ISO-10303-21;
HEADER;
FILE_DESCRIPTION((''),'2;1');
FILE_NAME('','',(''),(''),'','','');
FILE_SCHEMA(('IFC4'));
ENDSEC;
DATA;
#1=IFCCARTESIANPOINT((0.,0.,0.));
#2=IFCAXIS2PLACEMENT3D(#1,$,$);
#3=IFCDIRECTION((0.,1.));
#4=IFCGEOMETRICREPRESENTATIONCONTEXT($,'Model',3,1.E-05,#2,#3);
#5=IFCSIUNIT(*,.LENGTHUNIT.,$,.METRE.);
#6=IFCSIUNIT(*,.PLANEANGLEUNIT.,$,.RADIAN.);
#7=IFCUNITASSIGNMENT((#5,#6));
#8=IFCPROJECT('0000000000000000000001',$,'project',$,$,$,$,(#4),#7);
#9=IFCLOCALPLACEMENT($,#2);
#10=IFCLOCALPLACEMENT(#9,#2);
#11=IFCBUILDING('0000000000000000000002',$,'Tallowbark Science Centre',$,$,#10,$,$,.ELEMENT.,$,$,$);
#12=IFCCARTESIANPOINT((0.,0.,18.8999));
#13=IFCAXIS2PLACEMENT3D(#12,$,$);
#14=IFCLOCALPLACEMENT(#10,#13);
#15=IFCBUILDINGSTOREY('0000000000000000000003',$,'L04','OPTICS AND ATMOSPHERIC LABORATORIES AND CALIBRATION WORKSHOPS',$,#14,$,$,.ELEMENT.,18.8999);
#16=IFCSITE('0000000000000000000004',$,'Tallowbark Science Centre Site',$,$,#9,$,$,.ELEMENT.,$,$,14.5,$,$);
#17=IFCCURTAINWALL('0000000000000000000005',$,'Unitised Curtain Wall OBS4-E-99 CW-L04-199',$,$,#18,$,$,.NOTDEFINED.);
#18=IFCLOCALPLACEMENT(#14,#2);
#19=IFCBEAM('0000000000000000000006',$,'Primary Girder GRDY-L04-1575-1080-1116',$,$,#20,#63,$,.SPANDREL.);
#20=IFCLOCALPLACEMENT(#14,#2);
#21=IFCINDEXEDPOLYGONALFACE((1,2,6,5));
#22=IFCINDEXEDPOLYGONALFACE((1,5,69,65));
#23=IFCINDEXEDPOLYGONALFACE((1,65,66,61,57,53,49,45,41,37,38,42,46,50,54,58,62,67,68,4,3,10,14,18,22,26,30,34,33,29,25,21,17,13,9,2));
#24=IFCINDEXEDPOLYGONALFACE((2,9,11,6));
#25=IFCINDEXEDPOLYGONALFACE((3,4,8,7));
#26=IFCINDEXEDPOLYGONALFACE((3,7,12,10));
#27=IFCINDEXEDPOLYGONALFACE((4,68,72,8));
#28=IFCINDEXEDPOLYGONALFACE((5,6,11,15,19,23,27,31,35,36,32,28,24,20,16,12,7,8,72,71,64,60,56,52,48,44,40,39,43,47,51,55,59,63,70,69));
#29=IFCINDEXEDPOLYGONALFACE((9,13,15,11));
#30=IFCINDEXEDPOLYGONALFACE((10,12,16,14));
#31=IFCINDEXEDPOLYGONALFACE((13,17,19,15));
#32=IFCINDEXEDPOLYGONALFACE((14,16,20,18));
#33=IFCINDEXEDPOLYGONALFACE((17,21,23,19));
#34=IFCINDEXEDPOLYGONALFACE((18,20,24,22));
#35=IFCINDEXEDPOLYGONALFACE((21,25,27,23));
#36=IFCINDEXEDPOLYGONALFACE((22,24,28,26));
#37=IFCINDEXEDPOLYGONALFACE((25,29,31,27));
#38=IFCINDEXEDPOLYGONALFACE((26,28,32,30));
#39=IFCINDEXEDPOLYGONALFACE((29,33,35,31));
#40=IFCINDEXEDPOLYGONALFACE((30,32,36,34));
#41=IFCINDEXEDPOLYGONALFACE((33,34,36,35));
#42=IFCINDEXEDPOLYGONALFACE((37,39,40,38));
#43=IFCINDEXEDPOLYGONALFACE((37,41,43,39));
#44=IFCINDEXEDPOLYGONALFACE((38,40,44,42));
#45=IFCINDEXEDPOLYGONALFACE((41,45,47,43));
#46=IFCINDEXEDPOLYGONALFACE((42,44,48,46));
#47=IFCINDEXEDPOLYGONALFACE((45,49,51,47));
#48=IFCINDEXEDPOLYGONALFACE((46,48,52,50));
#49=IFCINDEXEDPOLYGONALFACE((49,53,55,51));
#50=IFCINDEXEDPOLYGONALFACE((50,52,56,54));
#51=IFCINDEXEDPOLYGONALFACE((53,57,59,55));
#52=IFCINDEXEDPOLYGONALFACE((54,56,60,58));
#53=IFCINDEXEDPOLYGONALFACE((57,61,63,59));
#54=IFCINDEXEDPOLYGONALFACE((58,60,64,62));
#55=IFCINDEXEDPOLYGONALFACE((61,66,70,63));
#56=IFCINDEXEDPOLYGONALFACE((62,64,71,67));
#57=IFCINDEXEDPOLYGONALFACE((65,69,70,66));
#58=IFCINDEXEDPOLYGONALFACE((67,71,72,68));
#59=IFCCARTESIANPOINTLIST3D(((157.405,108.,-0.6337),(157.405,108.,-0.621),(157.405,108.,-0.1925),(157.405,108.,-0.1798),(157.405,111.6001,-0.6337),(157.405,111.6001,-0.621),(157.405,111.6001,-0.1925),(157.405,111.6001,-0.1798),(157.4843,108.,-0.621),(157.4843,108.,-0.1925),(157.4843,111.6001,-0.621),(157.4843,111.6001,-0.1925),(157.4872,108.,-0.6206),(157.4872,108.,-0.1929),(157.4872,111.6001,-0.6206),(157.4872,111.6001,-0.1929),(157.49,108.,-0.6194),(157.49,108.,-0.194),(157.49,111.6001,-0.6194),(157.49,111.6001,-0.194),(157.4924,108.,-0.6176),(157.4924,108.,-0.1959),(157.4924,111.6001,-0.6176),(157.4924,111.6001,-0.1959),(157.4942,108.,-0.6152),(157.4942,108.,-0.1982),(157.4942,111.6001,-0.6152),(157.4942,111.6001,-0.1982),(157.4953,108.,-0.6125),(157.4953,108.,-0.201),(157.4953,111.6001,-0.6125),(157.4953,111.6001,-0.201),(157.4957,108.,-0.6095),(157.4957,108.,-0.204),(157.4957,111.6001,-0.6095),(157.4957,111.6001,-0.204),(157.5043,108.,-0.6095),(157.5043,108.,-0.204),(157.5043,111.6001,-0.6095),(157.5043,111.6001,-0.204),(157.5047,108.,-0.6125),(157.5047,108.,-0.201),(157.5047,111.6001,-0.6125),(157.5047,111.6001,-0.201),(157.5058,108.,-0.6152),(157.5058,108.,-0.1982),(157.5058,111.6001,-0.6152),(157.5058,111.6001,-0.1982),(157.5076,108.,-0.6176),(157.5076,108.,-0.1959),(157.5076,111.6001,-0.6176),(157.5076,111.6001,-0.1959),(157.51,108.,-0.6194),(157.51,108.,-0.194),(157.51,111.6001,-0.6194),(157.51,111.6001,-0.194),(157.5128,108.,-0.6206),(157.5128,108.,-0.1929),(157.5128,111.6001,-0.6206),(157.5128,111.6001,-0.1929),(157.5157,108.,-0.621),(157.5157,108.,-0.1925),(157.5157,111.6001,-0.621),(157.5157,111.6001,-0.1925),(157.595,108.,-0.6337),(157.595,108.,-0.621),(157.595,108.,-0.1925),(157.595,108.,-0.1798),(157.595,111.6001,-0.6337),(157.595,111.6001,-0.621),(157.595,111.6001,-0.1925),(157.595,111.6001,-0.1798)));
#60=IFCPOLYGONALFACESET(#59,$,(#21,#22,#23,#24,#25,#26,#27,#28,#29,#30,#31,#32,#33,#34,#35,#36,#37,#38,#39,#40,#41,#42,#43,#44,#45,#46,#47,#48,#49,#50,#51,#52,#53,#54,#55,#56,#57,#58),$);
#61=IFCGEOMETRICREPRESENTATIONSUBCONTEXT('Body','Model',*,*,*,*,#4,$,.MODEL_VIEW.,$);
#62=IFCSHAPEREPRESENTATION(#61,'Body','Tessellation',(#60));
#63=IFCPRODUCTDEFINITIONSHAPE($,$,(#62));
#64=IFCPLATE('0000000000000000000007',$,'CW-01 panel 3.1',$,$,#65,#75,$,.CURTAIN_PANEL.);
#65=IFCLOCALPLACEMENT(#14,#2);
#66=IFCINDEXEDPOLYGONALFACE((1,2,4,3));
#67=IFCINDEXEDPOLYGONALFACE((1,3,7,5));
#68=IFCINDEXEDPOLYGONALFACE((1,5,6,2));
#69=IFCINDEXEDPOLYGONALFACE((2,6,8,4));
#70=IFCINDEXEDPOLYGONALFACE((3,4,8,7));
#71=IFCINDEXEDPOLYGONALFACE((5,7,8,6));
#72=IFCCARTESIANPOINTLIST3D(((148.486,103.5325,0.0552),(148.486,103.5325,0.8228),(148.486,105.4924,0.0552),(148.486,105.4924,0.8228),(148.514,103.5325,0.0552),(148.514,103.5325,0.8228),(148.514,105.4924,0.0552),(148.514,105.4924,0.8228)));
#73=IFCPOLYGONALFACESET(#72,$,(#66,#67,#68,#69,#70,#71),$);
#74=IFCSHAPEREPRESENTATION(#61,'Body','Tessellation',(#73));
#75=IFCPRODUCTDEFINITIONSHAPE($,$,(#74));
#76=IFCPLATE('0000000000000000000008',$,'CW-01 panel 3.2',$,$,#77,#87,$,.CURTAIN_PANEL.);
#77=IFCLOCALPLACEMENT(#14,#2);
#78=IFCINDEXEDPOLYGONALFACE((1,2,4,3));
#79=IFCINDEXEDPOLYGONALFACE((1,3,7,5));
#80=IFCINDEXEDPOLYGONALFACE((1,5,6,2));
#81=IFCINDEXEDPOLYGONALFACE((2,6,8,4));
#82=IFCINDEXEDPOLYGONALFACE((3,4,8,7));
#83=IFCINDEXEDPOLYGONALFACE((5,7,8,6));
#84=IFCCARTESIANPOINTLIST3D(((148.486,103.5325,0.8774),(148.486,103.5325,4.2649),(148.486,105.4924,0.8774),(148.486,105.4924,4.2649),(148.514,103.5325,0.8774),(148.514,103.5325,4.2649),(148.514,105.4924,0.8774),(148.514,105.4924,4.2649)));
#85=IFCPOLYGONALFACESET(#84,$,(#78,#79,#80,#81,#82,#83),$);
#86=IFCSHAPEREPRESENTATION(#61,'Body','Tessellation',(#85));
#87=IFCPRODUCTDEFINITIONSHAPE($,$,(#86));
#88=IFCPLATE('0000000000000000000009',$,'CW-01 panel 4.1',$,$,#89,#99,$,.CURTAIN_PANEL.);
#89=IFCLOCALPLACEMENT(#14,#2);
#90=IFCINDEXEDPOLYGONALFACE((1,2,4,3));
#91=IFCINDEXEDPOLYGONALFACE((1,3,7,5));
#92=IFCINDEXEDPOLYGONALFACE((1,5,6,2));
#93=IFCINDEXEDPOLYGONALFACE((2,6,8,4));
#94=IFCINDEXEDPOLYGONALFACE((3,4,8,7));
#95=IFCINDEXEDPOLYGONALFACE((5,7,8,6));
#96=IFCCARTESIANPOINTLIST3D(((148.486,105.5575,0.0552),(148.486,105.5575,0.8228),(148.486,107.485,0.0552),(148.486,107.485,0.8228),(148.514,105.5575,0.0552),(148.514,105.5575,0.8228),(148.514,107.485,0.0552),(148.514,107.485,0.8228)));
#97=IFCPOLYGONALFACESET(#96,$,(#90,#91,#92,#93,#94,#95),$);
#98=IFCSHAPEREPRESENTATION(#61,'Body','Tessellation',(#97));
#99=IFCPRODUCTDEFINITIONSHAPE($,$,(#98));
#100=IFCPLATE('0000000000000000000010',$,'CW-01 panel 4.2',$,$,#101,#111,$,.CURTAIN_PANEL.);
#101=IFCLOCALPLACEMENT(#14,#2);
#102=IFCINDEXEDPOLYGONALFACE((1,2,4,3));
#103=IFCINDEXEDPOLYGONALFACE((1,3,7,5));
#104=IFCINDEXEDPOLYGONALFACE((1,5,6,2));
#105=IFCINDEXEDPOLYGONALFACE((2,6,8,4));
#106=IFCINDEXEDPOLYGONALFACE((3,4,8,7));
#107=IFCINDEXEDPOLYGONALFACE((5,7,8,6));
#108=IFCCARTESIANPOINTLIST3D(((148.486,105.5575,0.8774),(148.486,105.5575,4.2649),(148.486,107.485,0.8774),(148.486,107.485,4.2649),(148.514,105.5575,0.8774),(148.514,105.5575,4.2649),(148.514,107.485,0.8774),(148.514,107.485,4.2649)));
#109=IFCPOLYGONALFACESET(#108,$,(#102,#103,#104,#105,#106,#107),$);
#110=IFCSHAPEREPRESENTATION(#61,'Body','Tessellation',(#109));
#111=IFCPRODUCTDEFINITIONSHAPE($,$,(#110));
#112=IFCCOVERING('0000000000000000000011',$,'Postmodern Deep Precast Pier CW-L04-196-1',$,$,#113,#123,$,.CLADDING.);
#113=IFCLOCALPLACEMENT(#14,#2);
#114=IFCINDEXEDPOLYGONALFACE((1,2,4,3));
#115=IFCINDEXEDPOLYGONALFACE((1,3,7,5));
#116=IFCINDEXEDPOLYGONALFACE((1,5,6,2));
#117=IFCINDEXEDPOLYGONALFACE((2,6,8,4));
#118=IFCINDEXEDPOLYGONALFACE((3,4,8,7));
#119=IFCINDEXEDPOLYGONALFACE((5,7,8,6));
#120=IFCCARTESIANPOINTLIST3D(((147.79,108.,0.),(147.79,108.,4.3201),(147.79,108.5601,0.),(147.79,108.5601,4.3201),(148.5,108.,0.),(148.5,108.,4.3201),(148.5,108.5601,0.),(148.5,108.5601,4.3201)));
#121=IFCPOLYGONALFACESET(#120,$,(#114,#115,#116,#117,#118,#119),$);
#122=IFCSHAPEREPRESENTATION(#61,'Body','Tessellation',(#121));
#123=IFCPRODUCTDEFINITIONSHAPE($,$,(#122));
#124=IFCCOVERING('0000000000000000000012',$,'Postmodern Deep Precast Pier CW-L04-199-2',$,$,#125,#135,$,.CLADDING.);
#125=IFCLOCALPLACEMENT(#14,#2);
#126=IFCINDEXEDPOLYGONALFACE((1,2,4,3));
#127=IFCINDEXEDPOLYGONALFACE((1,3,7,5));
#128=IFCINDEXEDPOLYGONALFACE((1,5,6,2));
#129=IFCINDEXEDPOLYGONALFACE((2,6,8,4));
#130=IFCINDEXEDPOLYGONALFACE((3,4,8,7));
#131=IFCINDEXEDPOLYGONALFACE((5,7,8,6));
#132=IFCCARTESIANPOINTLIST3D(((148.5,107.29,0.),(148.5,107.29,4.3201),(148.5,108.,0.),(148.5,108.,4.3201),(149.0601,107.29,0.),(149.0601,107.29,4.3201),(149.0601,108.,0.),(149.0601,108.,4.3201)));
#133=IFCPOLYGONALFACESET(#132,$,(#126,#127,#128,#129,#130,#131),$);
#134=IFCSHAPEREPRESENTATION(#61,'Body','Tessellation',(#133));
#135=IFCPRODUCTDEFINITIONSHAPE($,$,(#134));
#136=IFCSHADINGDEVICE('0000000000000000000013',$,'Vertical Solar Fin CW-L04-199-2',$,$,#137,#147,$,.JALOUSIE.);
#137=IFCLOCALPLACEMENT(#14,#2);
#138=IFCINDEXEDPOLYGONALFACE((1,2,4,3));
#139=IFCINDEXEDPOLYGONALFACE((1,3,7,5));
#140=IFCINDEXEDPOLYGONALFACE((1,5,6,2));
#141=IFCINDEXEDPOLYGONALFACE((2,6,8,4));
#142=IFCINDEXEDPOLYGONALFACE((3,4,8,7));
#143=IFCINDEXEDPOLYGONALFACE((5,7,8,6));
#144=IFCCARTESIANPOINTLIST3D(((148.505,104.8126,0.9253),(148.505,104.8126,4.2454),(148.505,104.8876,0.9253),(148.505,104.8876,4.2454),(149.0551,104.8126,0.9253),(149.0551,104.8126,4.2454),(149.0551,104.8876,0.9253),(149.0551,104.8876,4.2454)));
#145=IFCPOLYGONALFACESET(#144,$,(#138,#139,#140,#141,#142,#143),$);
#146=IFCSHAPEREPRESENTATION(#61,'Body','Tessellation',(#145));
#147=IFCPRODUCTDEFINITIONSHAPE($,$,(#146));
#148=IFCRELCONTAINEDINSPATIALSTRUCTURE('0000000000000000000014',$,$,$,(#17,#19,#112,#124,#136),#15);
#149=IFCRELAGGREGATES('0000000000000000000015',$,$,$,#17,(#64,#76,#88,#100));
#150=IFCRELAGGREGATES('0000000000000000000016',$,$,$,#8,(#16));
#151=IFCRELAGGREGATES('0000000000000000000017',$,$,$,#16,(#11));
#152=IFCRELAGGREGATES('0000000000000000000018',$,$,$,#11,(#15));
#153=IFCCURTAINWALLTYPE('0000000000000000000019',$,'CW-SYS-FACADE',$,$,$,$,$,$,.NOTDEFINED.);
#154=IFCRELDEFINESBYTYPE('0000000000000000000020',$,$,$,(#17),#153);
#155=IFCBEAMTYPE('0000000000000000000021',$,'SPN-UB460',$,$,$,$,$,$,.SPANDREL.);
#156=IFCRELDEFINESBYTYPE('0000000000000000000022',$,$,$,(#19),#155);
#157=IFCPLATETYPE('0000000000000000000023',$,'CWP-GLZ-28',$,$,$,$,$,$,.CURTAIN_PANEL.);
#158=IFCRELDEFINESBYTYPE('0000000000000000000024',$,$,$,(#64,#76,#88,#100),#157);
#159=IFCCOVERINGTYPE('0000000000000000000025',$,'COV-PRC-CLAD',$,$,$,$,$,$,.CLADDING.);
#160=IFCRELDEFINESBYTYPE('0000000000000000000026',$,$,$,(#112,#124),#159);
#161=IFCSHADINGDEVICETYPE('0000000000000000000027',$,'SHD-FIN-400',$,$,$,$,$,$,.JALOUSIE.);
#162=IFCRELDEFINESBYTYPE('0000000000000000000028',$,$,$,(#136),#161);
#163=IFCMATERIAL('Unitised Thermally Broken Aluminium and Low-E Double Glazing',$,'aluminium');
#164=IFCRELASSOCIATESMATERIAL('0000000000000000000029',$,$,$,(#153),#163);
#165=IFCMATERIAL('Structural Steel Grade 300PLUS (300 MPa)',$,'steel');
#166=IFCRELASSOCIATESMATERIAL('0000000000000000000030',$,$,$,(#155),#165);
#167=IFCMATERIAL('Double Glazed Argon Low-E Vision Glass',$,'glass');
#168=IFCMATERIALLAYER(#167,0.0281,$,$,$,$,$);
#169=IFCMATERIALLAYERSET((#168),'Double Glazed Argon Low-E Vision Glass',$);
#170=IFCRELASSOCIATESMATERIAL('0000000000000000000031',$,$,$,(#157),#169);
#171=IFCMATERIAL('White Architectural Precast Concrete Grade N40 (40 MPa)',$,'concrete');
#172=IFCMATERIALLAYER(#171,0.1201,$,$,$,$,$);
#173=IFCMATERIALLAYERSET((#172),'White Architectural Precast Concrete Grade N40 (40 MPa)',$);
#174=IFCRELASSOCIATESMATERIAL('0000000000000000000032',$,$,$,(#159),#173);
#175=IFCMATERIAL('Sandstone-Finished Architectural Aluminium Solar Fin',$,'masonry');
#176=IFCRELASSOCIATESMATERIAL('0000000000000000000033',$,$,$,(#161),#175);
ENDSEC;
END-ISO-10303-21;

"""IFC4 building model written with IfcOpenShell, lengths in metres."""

from ifc_helpers import new_model, si_unit, direction, frame, origin, origin_2d, place, context, subcontext, project, spatial, rectangle, i_section, extrude, material, layer, layer_set, material_profile, profile_set, type_object, element, aggregate, save


model = new_model("IFC4")

# Units and contexts
model_context = context("Model", 3, precision=1e-05, world=origin(), true_north=direction((0.0, 1.0)))
body_context = subcontext(model_context, "Body", "Model", "MODEL_VIEW")
ifc_project = project(units=[si_unit("LENGTHUNIT", "METRE"), si_unit("PLANEANGLEUNIT", "RADIAN")], contexts=[model_context])

# Site, building, storey
site_placement = place(None, origin())
site = spatial("IfcSite", under=ifc_project, at=site_placement, Name="Tallowbark Science Centre Site", CompositionType="ELEMENT", RefElevation=14.5)
building_placement = place(site_placement, origin())
building = spatial("IfcBuilding", under=site, at=building_placement, Name="Tallowbark Science Centre", CompositionType="ELEMENT")
storey_placement = place(building_placement, frame((0.0, 0.0, 18.8999)))
storey = spatial("IfcBuildingStorey", under=building, at=storey_placement, Name="L04", Description="OPTICS AND ATMOSPHERIC LABORATORIES AND CALIBRATION WORKSHOPS", CompositionType="ELEMENT", Elevation=18.8999)

# Shared definitions
ifc_material_1 = material(Name="Structural Steel Grade 300PLUS (300 MPa)", Category="steel")

# Shared definitions
ifc_material_2 = material(Name="Unitised Thermally Broken Aluminium and Low-E Double Glazing", Category="aluminium")
curtain_wall_type = type_object("IfcCurtainWallType", Name="CW-SYS-FACADE", PredefinedType="NOTDEFINED", material=ifc_material_2)

# Curtain wall
curtain_wall_1_placement = place(storey_placement, origin())
curtain_wall_1 = element("IfcCurtainWall", 1, at=curtain_wall_1_placement, inside=storey, type_object=curtain_wall_type, Name="Unitised Curtain Wall OBS4-E-99 CW-L04-199", PredefinedType="NOTDEFINED")

# Beam
ifc_material_profile_1 = material_profile(ifc_material_1, i_section(OverallWidth=0.1899, OverallDepth=0.4539, WebThickness=0.0085, FlangeThickness=0.0127, FilletRadius=0.0115, at=origin_2d()), Name="460UB67.1")
ifc_profile_set_1 = profile_set([ifc_material_profile_1], Name="Structural Steel Grade 300PLUS (300 MPa)")
beam_type_1 = type_object("IfcBeamType", Name="SPN-UB460", PredefinedType="SPANDREL", material=ifc_profile_set_1)
for number, where, z_axis, x_axis, name in (
    (2, (157.5, 108.0, -0.4067), (0.0, 1.0, 0.0), (-1.0, 0.0, 0.0), "Primary Girder GRDY-L04-1575-1080-1116"),
):
    element("IfcBeam", number, at=place(storey_placement, frame(where, z_axis=z_axis, x_axis=x_axis)), inside=storey, type_object=beam_type_1, Name=name, PredefinedType="SPANDREL", context=body_context, shape_type="SweptSolid", body=[
        extrude(i_section(OverallWidth=0.1899, OverallDepth=0.4539, WebThickness=0.0085, FlangeThickness=0.0127, FilletRadius=0.0115, at=origin_2d()), origin(), (0.0, 0.0, 1.0), 3.6001),
    ])

# Plates
ifc_material_3 = material(Name="Double Glazed Argon Low-E Vision Glass", Category="glass")
ifc_layer_1 = layer(ifc_material_3, 0.0281)
ifc_layer_set_1 = layer_set([ifc_layer_1], Name="Double Glazed Argon Low-E Vision Glass")
plate_type = type_object("IfcPlateType", Name="CWP-GLZ-28", PredefinedType="CURTAIN_PANEL", material=ifc_layer_set_1)
plate_1_placement = place(storey_placement, frame((148.5, 104.5125, 0.0552), z_axis=(0.0, 0.0, 1.0), x_axis=(0.0, 1.0, 0.0)))
plate_1 = element("IfcPlate", 3, at=plate_1_placement, type_object=plate_type, Name="CW-01 panel 3.1", PredefinedType="CURTAIN_PANEL", context=body_context, shape_type="SweptSolid", body=[
    extrude(rectangle(XDim=1.96, YDim=0.0281, at=origin_2d()), origin(), (0.0, 0.0, 1.0), 0.7676),
])
plate_2_placement = place(storey_placement, frame((148.5, 104.5125, 0.8774), z_axis=(0.0, 0.0, 1.0), x_axis=(0.0, 1.0, 0.0)))
plate_2 = element("IfcPlate", 4, at=plate_2_placement, type_object=plate_type, Name="CW-01 panel 3.2", PredefinedType="CURTAIN_PANEL", context=body_context, shape_type="SweptSolid", body=[
    extrude(rectangle(XDim=1.96, YDim=0.0281, at=origin_2d()), origin(), (0.0, 0.0, 1.0), 3.3875),
])
plate_3_placement = place(storey_placement, frame((148.5, 106.5212, 0.0552), z_axis=(0.0, 0.0, 1.0), x_axis=(0.0, 1.0, 0.0)))
plate_3 = element("IfcPlate", 5, at=plate_3_placement, type_object=plate_type, Name="CW-01 panel 4.1", PredefinedType="CURTAIN_PANEL", context=body_context, shape_type="SweptSolid", body=[
    extrude(rectangle(XDim=1.9275, YDim=0.0281, at=origin_2d()), origin(), (0.0, 0.0, 1.0), 0.7676),
])
plate_4_placement = place(storey_placement, frame((148.5, 106.5212, 0.8774), z_axis=(0.0, 0.0, 1.0), x_axis=(0.0, 1.0, 0.0)))
plate_4 = element("IfcPlate", 6, at=plate_4_placement, type_object=plate_type, Name="CW-01 panel 4.2", PredefinedType="CURTAIN_PANEL", context=body_context, shape_type="SweptSolid", body=[
    extrude(rectangle(XDim=1.9275, YDim=0.0281, at=origin_2d()), origin(), (0.0, 0.0, 1.0), 3.3875),
])
aggregate(curtain_wall_1, [plate_1, plate_2, plate_3, plate_4])

# Coverings
ifc_material_4 = material(Name="White Architectural Precast Concrete Grade N40 (40 MPa)", Category="concrete")
ifc_layer_2 = layer(ifc_material_4, 0.1201)
ifc_layer_set_2 = layer_set([ifc_layer_2], Name="White Architectural Precast Concrete Grade N40 (40 MPa)")
covering_type = type_object("IfcCoveringType", Name="COV-PRC-CLAD", PredefinedType="CLADDING", material=ifc_layer_set_2)
for number, where, z_axis, x_axis, name in (
    (7, (148.145, 108.28, 0.0), (0.0, 0.0, 1.0), (-1.0, 0.0, 0.0), "Postmodern Deep Precast Pier CW-L04-196-1"),
    (8, (148.78, 107.645, 0.0), (0.0, 0.0, 1.0), (0.0, 1.0, 0.0), "Postmodern Deep Precast Pier CW-L04-199-2"),
):
    element("IfcCovering", number, at=place(storey_placement, frame(where, z_axis=z_axis, x_axis=x_axis)), inside=storey, type_object=covering_type, Name=name, PredefinedType="CLADDING", context=body_context, shape_type="SweptSolid", body=[
        extrude(rectangle(XDim=0.71, YDim=0.5601, at=origin_2d()), origin(), (0.0, 0.0, 1.0), 4.3201),
    ])

# Shading device
ifc_material_5 = material(Name="Sandstone-Finished Architectural Aluminium Solar Fin", Category="masonry")
shading_device_type = type_object("IfcShadingDeviceType", Name="SHD-FIN-400", PredefinedType="JALOUSIE", material=ifc_material_5)
shading_device_placement = place(storey_placement, frame((148.78, 104.8501, 0.9253), z_axis=(0.0, 0.0, 1.0), x_axis=(0.0, 1.0, 0.0)))
element("IfcShadingDevice", 9, at=shading_device_placement, inside=storey, type_object=shading_device_type, Name="Vertical Solar Fin CW-L04-199-2", PredefinedType="JALOUSIE", context=body_context, shape_type="SweptSolid", body=[
    extrude(rectangle(XDim=0.075, YDim=0.55, at=origin_2d()), origin(), (0.0, 0.0, 1.0), 3.3201),
])

save(model, "model.ifc")
